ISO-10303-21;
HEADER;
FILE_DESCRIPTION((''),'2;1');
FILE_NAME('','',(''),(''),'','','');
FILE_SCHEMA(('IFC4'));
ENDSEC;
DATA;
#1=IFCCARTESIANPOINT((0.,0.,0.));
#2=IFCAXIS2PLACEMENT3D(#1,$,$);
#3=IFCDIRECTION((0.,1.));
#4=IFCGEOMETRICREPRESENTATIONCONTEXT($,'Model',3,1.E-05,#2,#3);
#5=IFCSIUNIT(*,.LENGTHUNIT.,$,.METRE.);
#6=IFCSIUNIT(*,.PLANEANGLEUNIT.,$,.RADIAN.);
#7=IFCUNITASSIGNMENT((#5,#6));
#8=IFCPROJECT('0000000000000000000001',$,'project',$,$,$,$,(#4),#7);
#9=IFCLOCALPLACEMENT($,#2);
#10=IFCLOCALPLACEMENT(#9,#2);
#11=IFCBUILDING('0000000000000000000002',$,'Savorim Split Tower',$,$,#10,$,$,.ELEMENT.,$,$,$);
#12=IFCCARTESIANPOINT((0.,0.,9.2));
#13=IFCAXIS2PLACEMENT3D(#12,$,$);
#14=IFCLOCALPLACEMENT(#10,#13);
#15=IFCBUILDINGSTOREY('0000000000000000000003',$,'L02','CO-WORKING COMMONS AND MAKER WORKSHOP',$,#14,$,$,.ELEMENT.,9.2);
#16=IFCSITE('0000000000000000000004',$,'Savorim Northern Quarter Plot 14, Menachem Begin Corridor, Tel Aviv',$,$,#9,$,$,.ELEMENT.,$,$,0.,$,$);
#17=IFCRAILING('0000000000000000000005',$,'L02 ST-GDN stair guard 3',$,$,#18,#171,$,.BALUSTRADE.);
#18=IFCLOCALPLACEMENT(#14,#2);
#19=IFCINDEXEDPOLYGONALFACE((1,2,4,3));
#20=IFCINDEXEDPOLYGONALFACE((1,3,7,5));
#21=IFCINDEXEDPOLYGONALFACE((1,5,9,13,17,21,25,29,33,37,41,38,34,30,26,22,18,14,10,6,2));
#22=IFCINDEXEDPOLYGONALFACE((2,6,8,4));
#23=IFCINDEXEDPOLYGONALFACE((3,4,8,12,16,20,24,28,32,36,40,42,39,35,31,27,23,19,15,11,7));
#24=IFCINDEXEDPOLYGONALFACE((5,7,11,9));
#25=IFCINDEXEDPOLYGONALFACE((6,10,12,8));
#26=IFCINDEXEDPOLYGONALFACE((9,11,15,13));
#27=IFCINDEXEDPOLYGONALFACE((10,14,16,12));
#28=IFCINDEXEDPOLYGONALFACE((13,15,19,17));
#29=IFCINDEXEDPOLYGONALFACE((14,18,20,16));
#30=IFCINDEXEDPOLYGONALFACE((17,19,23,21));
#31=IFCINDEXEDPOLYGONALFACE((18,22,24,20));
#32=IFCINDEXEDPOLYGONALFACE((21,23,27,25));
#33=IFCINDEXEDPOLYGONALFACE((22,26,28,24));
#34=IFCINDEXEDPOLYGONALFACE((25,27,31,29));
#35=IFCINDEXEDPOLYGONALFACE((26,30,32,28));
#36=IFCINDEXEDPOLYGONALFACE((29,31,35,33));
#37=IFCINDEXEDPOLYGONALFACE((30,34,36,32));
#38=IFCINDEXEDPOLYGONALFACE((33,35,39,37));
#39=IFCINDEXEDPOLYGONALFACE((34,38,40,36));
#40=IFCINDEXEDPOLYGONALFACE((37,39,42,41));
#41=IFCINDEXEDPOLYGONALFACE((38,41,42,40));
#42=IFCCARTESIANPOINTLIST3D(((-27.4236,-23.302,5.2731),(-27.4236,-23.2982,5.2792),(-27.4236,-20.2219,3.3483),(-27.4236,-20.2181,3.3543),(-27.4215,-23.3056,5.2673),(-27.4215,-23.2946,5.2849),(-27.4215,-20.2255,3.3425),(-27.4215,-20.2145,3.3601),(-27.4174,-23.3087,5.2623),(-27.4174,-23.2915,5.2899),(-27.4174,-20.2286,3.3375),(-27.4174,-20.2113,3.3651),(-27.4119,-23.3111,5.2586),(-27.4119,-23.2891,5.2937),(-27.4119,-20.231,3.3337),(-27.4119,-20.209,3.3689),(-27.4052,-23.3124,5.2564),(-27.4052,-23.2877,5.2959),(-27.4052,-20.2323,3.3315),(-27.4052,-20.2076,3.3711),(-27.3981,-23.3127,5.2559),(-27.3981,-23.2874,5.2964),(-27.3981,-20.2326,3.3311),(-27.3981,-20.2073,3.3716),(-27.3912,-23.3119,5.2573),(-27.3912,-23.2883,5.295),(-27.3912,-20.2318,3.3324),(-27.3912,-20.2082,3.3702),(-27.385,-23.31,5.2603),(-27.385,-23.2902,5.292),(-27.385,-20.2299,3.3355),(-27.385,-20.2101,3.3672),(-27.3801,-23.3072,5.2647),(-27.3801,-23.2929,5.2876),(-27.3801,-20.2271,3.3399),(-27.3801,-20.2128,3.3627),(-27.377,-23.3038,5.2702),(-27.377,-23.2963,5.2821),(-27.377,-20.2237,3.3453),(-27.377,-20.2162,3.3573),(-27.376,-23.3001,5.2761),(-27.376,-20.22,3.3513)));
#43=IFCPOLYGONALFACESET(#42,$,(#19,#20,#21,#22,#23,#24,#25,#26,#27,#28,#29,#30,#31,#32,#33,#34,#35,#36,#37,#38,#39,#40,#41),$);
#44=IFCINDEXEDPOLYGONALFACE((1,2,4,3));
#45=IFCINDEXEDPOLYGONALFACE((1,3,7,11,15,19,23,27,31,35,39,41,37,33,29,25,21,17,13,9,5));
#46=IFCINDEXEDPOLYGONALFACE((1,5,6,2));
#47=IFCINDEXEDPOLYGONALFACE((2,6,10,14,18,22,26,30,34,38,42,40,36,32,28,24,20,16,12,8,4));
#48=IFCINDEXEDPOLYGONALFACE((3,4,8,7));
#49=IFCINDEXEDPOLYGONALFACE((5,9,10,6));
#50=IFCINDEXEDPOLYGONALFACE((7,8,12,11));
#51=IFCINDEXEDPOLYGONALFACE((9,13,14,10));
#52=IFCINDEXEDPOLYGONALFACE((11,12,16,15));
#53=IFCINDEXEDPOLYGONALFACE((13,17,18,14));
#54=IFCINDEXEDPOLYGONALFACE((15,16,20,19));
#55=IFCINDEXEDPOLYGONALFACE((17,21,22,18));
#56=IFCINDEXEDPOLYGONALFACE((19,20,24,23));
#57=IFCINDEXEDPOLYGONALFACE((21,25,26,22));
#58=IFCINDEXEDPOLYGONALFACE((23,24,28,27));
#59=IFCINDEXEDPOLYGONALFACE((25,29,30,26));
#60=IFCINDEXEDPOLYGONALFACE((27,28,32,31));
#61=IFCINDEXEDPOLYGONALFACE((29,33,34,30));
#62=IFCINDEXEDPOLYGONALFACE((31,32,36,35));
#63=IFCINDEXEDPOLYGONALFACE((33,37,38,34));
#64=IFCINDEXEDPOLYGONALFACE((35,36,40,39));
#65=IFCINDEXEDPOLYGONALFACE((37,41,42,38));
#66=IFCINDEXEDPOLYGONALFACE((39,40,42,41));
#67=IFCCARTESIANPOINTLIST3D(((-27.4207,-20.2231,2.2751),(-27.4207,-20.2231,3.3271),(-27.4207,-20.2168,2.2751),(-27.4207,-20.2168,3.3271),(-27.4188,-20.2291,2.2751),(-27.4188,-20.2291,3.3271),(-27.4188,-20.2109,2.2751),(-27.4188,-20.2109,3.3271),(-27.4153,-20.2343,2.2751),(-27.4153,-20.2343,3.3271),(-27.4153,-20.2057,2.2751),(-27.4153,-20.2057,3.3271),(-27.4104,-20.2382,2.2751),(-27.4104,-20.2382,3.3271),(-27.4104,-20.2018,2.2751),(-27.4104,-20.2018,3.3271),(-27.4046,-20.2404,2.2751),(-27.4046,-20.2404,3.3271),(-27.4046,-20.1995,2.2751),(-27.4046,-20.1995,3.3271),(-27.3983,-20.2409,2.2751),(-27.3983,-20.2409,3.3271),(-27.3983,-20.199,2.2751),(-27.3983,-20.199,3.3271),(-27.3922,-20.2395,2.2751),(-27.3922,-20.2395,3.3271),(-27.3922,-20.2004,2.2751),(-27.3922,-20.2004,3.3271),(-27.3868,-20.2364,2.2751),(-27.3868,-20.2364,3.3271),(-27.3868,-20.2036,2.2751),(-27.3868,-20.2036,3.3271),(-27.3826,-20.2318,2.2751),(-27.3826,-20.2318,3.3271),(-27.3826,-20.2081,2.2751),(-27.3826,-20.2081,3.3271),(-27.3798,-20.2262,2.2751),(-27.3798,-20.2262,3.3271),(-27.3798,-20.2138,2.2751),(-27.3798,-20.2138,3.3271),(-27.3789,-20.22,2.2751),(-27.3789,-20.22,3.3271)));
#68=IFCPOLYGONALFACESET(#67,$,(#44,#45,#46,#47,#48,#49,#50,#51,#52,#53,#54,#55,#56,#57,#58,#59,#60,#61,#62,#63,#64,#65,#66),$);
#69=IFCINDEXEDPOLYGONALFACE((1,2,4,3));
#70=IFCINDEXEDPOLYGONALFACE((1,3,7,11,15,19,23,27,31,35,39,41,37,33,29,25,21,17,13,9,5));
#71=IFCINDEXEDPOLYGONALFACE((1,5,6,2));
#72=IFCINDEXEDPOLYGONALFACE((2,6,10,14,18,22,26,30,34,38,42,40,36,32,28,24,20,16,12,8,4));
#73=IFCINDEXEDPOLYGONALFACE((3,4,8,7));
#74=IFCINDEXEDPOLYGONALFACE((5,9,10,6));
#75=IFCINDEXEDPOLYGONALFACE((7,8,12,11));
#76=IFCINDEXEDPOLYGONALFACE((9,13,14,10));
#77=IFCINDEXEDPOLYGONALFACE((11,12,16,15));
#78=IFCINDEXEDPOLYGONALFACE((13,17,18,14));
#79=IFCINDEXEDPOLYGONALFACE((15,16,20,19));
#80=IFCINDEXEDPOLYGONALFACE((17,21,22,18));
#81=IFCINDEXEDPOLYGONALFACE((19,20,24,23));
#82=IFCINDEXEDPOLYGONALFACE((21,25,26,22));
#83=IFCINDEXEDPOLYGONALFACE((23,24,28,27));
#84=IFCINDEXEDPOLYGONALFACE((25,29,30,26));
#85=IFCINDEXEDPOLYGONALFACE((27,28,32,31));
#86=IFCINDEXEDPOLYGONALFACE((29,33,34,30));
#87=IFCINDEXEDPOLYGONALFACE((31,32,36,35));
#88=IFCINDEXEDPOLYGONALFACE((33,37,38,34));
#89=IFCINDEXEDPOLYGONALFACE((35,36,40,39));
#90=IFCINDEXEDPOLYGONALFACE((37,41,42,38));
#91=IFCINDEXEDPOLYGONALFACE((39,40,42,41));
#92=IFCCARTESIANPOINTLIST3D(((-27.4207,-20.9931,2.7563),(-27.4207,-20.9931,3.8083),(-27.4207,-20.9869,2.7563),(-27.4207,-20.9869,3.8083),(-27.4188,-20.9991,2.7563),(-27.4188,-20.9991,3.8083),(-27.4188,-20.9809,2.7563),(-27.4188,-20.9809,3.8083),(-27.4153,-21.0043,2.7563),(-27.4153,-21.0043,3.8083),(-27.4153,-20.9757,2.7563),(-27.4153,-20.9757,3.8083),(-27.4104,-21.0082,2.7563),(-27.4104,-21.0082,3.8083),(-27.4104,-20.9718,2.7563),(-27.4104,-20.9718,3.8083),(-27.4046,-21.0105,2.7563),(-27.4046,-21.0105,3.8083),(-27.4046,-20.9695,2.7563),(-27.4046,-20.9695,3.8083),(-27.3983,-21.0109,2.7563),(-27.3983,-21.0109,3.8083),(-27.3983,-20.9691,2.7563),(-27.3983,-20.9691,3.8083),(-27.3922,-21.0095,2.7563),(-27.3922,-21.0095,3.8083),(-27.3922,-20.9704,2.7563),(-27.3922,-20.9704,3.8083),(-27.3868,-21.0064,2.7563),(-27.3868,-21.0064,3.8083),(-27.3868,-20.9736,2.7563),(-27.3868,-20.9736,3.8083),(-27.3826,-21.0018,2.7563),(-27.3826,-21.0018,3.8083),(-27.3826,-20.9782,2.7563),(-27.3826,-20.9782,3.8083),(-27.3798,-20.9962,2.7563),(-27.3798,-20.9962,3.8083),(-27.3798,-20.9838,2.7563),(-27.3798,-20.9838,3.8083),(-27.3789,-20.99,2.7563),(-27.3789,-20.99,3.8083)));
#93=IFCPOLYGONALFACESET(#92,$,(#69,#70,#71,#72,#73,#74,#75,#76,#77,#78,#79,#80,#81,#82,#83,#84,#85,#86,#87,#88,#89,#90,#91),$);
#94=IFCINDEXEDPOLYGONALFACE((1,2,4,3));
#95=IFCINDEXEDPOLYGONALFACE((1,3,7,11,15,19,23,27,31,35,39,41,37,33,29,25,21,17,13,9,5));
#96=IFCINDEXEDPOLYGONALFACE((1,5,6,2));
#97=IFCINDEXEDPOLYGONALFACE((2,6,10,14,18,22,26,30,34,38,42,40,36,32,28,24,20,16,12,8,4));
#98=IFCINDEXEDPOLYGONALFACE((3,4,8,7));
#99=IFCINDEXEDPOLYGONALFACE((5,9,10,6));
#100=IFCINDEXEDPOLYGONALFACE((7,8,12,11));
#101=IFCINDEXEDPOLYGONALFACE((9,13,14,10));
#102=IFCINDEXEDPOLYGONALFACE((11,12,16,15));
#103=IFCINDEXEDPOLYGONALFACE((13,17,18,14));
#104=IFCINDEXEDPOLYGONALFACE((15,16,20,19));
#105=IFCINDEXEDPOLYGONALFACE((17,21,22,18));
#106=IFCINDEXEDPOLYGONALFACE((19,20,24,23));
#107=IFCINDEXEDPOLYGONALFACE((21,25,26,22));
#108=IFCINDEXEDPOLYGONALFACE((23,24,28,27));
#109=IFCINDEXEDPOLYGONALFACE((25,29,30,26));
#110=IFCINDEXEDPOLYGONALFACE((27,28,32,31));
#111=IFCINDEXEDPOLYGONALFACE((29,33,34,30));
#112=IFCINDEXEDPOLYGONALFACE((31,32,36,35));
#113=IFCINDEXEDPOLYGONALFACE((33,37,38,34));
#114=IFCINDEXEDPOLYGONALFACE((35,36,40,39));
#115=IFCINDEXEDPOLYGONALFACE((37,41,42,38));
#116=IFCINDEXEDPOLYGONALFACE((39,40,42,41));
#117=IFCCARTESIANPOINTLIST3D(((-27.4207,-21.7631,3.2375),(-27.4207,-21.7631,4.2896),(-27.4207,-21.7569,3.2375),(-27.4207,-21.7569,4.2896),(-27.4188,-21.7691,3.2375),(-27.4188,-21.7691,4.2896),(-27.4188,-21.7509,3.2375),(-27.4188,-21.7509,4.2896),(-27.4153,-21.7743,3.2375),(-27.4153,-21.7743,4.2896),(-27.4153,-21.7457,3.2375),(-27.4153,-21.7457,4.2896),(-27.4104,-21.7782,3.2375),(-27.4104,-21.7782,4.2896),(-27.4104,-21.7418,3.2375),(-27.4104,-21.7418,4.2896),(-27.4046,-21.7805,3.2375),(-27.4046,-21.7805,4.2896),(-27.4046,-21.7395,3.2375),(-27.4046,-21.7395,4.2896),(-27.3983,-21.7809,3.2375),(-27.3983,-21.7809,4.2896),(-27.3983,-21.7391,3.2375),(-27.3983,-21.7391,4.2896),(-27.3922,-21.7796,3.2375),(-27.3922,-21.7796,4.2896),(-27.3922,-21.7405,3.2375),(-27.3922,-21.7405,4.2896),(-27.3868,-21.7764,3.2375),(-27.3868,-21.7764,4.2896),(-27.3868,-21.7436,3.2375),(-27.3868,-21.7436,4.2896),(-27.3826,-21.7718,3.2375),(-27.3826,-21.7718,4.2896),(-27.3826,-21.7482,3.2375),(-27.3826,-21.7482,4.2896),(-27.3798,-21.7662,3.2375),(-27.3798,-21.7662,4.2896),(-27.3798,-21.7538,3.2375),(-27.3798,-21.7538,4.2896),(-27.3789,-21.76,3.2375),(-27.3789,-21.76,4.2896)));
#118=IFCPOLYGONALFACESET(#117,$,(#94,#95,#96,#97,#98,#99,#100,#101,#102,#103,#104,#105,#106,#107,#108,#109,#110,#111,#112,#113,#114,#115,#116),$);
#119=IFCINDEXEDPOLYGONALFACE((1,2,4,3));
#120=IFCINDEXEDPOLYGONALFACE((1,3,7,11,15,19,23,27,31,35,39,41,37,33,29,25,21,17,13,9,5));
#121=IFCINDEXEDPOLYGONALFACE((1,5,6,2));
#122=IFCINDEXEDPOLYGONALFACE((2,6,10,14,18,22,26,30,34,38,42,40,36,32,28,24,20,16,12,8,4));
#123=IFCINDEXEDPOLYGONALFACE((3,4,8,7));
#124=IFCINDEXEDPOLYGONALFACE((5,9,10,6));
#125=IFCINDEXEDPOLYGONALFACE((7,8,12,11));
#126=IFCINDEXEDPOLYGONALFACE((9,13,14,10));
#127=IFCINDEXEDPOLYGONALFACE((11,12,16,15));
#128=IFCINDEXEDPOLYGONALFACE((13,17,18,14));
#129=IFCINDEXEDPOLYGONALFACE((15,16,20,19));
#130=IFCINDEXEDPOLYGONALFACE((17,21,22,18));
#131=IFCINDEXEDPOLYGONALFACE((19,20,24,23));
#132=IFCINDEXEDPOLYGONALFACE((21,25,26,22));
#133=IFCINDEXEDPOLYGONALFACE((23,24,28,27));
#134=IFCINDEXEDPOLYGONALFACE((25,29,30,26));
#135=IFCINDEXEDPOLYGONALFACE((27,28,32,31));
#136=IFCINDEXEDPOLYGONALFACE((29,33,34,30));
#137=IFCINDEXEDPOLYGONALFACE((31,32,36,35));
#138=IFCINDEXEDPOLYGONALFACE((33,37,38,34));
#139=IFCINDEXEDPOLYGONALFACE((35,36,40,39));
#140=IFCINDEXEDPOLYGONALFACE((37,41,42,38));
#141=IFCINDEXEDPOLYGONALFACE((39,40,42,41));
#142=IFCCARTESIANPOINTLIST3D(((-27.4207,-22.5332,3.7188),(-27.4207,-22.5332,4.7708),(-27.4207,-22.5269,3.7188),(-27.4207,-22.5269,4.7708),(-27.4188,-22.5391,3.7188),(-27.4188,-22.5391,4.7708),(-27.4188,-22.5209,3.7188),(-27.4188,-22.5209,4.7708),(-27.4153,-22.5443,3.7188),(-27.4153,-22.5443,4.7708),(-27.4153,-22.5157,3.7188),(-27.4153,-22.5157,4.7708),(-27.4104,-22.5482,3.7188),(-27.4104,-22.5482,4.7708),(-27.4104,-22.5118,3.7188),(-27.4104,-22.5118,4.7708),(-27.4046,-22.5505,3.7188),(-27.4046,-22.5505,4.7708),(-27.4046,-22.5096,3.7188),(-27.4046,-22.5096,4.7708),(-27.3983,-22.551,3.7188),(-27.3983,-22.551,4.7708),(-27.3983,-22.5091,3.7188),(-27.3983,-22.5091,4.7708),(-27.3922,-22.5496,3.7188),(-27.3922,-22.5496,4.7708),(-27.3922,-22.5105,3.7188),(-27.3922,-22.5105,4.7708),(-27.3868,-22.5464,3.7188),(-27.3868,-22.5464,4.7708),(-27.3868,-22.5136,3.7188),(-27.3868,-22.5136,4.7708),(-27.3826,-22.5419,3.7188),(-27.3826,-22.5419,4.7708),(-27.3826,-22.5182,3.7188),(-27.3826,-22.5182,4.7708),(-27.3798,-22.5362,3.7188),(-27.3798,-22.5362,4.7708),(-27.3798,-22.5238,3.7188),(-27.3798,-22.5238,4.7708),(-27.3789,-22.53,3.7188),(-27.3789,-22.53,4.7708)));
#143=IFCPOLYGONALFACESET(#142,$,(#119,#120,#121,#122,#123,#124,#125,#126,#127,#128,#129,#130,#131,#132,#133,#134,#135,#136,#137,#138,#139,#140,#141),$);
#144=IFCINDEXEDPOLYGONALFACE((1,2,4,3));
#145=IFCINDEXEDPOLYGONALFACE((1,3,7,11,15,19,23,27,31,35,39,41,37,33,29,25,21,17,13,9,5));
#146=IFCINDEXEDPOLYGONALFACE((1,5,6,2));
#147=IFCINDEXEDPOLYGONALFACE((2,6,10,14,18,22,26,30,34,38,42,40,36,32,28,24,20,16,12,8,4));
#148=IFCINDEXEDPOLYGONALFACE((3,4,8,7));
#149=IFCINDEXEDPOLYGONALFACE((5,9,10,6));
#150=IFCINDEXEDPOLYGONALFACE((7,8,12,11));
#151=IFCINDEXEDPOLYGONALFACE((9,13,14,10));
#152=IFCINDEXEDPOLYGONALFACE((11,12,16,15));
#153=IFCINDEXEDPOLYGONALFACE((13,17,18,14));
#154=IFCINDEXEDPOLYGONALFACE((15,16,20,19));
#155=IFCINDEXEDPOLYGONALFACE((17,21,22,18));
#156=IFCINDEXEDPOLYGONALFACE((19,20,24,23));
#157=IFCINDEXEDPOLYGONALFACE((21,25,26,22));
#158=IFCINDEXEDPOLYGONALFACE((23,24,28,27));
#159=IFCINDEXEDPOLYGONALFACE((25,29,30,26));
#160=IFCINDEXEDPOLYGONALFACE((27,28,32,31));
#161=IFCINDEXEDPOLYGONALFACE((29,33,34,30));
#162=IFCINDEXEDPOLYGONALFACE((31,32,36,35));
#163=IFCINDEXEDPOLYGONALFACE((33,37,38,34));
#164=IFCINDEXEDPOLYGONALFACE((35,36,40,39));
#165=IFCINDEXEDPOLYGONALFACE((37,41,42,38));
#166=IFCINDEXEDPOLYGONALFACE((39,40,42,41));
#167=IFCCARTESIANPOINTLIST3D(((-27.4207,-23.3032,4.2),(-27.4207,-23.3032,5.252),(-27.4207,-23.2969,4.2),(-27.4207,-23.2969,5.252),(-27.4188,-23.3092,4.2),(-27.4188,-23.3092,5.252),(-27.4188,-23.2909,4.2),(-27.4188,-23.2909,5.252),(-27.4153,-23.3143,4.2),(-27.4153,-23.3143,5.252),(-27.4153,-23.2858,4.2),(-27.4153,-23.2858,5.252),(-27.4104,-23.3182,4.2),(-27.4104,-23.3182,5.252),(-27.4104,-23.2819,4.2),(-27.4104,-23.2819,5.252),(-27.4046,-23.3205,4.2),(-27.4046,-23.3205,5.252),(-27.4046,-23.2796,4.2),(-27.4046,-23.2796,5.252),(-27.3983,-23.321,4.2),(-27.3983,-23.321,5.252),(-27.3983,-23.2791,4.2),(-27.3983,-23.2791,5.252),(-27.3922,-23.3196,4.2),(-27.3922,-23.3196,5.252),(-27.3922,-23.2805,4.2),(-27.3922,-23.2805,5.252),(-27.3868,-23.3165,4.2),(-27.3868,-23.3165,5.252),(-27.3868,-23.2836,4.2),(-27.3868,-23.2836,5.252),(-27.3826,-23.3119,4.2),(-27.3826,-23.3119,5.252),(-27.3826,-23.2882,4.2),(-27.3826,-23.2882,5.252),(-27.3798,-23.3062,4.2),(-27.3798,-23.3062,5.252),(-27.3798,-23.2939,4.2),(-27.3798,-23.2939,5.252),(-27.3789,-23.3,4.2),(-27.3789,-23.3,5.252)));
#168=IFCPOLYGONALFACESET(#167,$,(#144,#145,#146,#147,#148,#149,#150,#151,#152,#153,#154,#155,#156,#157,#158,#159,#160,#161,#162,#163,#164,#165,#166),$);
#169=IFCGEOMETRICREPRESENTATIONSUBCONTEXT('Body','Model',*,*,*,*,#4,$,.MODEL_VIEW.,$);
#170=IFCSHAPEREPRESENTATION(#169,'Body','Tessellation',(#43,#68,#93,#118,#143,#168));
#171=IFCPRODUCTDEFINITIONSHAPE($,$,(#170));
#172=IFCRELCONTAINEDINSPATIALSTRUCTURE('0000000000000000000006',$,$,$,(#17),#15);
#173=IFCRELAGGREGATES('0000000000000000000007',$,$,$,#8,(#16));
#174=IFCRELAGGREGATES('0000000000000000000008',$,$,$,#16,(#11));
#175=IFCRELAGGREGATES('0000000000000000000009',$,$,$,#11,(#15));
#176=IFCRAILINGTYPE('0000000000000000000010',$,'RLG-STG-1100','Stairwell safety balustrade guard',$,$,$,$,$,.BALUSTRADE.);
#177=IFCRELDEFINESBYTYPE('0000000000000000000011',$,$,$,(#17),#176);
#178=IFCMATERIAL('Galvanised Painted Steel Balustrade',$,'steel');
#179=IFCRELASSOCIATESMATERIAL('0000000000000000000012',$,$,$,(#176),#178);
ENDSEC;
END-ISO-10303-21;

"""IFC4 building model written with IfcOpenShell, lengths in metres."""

from ifc_helpers import new_model, si_unit, direction, frame, origin, origin_2d, place, context, subcontext, project, spatial, circle, extrude, material, type_object, element, save


model = new_model("IFC4")

# Units and contexts
model_context = context("Model", 3, precision=1e-05, world=origin(), true_north=direction((0.0, 1.0)))
body_context = subcontext(model_context, "Body", "Model", "MODEL_VIEW")
ifc_project = project(units=[si_unit("LENGTHUNIT", "METRE"), si_unit("PLANEANGLEUNIT", "RADIAN")], contexts=[model_context])

# Site, building, storey
site_placement = place(None, origin())
site = spatial("IfcSite", under=ifc_project, at=site_placement, Name="Savorim Northern Quarter Plot 14, Menachem Begin Corridor, Tel Aviv", CompositionType="ELEMENT", RefElevation=0.0)
building_placement = place(site_placement, origin())
building = spatial("IfcBuilding", under=site, at=building_placement, Name="Savorim Split Tower", CompositionType="ELEMENT")
storey_placement = place(building_placement, frame((0.0, 0.0, 9.2)))
storey = spatial("IfcBuildingStorey", under=building, at=storey_placement, Name="L02", Description="CO-WORKING COMMONS AND MAKER WORKSHOP", CompositionType="ELEMENT", Elevation=9.2)

# Railing
ifc_material_1 = material(Name="Galvanised Painted Steel Balustrade", Category="steel")
railing_type = type_object("IfcRailingType", Name="RLG-STG-1100", Description="Stairwell safety balustrade guard", PredefinedType="BALUSTRADE", material=ifc_material_1)
railing_placement = place(storey_placement, frame((-27.3999, -20.22, 2.2751)))
element("IfcRailing", 1, at=railing_placement, inside=storey, type_object=railing_type, Name="L02 ST-GDN stair guard 3", PredefinedType="BALUSTRADE", context=body_context, shape_type="SweptSolid", body=[
    extrude(circle(Radius=0.0239, at=origin_2d()), frame((0.0, 0.0, 1.0762), z_axis=(0.0, -0.848029, 0.529951), x_axis=(1.0, 0.0, 0.0)), (0.0, 0.0, 1.0), 3.6321),
    extrude(circle(Radius=0.021, at=origin_2d()), origin(), (0.0, 0.0, 1.0), 1.052),
    extrude(circle(Radius=0.021, at=origin_2d()), frame((0.0, -0.77, 0.4812)), (0.0, 0.0, 1.0), 1.052),
    extrude(circle(Radius=0.021, at=origin_2d()), frame((0.0, -1.54, 0.9624)), (0.0, 0.0, 1.0), 1.052),
    extrude(circle(Radius=0.021, at=origin_2d()), frame((0.0, -2.3101, 1.4436)), (0.0, 0.0, 1.0), 1.052),
    extrude(circle(Radius=0.021, at=origin_2d()), frame((0.0, -3.0801, 1.9248)), (0.0, 0.0, 1.0), 1.052),
])

save(model, "model.ifc")
